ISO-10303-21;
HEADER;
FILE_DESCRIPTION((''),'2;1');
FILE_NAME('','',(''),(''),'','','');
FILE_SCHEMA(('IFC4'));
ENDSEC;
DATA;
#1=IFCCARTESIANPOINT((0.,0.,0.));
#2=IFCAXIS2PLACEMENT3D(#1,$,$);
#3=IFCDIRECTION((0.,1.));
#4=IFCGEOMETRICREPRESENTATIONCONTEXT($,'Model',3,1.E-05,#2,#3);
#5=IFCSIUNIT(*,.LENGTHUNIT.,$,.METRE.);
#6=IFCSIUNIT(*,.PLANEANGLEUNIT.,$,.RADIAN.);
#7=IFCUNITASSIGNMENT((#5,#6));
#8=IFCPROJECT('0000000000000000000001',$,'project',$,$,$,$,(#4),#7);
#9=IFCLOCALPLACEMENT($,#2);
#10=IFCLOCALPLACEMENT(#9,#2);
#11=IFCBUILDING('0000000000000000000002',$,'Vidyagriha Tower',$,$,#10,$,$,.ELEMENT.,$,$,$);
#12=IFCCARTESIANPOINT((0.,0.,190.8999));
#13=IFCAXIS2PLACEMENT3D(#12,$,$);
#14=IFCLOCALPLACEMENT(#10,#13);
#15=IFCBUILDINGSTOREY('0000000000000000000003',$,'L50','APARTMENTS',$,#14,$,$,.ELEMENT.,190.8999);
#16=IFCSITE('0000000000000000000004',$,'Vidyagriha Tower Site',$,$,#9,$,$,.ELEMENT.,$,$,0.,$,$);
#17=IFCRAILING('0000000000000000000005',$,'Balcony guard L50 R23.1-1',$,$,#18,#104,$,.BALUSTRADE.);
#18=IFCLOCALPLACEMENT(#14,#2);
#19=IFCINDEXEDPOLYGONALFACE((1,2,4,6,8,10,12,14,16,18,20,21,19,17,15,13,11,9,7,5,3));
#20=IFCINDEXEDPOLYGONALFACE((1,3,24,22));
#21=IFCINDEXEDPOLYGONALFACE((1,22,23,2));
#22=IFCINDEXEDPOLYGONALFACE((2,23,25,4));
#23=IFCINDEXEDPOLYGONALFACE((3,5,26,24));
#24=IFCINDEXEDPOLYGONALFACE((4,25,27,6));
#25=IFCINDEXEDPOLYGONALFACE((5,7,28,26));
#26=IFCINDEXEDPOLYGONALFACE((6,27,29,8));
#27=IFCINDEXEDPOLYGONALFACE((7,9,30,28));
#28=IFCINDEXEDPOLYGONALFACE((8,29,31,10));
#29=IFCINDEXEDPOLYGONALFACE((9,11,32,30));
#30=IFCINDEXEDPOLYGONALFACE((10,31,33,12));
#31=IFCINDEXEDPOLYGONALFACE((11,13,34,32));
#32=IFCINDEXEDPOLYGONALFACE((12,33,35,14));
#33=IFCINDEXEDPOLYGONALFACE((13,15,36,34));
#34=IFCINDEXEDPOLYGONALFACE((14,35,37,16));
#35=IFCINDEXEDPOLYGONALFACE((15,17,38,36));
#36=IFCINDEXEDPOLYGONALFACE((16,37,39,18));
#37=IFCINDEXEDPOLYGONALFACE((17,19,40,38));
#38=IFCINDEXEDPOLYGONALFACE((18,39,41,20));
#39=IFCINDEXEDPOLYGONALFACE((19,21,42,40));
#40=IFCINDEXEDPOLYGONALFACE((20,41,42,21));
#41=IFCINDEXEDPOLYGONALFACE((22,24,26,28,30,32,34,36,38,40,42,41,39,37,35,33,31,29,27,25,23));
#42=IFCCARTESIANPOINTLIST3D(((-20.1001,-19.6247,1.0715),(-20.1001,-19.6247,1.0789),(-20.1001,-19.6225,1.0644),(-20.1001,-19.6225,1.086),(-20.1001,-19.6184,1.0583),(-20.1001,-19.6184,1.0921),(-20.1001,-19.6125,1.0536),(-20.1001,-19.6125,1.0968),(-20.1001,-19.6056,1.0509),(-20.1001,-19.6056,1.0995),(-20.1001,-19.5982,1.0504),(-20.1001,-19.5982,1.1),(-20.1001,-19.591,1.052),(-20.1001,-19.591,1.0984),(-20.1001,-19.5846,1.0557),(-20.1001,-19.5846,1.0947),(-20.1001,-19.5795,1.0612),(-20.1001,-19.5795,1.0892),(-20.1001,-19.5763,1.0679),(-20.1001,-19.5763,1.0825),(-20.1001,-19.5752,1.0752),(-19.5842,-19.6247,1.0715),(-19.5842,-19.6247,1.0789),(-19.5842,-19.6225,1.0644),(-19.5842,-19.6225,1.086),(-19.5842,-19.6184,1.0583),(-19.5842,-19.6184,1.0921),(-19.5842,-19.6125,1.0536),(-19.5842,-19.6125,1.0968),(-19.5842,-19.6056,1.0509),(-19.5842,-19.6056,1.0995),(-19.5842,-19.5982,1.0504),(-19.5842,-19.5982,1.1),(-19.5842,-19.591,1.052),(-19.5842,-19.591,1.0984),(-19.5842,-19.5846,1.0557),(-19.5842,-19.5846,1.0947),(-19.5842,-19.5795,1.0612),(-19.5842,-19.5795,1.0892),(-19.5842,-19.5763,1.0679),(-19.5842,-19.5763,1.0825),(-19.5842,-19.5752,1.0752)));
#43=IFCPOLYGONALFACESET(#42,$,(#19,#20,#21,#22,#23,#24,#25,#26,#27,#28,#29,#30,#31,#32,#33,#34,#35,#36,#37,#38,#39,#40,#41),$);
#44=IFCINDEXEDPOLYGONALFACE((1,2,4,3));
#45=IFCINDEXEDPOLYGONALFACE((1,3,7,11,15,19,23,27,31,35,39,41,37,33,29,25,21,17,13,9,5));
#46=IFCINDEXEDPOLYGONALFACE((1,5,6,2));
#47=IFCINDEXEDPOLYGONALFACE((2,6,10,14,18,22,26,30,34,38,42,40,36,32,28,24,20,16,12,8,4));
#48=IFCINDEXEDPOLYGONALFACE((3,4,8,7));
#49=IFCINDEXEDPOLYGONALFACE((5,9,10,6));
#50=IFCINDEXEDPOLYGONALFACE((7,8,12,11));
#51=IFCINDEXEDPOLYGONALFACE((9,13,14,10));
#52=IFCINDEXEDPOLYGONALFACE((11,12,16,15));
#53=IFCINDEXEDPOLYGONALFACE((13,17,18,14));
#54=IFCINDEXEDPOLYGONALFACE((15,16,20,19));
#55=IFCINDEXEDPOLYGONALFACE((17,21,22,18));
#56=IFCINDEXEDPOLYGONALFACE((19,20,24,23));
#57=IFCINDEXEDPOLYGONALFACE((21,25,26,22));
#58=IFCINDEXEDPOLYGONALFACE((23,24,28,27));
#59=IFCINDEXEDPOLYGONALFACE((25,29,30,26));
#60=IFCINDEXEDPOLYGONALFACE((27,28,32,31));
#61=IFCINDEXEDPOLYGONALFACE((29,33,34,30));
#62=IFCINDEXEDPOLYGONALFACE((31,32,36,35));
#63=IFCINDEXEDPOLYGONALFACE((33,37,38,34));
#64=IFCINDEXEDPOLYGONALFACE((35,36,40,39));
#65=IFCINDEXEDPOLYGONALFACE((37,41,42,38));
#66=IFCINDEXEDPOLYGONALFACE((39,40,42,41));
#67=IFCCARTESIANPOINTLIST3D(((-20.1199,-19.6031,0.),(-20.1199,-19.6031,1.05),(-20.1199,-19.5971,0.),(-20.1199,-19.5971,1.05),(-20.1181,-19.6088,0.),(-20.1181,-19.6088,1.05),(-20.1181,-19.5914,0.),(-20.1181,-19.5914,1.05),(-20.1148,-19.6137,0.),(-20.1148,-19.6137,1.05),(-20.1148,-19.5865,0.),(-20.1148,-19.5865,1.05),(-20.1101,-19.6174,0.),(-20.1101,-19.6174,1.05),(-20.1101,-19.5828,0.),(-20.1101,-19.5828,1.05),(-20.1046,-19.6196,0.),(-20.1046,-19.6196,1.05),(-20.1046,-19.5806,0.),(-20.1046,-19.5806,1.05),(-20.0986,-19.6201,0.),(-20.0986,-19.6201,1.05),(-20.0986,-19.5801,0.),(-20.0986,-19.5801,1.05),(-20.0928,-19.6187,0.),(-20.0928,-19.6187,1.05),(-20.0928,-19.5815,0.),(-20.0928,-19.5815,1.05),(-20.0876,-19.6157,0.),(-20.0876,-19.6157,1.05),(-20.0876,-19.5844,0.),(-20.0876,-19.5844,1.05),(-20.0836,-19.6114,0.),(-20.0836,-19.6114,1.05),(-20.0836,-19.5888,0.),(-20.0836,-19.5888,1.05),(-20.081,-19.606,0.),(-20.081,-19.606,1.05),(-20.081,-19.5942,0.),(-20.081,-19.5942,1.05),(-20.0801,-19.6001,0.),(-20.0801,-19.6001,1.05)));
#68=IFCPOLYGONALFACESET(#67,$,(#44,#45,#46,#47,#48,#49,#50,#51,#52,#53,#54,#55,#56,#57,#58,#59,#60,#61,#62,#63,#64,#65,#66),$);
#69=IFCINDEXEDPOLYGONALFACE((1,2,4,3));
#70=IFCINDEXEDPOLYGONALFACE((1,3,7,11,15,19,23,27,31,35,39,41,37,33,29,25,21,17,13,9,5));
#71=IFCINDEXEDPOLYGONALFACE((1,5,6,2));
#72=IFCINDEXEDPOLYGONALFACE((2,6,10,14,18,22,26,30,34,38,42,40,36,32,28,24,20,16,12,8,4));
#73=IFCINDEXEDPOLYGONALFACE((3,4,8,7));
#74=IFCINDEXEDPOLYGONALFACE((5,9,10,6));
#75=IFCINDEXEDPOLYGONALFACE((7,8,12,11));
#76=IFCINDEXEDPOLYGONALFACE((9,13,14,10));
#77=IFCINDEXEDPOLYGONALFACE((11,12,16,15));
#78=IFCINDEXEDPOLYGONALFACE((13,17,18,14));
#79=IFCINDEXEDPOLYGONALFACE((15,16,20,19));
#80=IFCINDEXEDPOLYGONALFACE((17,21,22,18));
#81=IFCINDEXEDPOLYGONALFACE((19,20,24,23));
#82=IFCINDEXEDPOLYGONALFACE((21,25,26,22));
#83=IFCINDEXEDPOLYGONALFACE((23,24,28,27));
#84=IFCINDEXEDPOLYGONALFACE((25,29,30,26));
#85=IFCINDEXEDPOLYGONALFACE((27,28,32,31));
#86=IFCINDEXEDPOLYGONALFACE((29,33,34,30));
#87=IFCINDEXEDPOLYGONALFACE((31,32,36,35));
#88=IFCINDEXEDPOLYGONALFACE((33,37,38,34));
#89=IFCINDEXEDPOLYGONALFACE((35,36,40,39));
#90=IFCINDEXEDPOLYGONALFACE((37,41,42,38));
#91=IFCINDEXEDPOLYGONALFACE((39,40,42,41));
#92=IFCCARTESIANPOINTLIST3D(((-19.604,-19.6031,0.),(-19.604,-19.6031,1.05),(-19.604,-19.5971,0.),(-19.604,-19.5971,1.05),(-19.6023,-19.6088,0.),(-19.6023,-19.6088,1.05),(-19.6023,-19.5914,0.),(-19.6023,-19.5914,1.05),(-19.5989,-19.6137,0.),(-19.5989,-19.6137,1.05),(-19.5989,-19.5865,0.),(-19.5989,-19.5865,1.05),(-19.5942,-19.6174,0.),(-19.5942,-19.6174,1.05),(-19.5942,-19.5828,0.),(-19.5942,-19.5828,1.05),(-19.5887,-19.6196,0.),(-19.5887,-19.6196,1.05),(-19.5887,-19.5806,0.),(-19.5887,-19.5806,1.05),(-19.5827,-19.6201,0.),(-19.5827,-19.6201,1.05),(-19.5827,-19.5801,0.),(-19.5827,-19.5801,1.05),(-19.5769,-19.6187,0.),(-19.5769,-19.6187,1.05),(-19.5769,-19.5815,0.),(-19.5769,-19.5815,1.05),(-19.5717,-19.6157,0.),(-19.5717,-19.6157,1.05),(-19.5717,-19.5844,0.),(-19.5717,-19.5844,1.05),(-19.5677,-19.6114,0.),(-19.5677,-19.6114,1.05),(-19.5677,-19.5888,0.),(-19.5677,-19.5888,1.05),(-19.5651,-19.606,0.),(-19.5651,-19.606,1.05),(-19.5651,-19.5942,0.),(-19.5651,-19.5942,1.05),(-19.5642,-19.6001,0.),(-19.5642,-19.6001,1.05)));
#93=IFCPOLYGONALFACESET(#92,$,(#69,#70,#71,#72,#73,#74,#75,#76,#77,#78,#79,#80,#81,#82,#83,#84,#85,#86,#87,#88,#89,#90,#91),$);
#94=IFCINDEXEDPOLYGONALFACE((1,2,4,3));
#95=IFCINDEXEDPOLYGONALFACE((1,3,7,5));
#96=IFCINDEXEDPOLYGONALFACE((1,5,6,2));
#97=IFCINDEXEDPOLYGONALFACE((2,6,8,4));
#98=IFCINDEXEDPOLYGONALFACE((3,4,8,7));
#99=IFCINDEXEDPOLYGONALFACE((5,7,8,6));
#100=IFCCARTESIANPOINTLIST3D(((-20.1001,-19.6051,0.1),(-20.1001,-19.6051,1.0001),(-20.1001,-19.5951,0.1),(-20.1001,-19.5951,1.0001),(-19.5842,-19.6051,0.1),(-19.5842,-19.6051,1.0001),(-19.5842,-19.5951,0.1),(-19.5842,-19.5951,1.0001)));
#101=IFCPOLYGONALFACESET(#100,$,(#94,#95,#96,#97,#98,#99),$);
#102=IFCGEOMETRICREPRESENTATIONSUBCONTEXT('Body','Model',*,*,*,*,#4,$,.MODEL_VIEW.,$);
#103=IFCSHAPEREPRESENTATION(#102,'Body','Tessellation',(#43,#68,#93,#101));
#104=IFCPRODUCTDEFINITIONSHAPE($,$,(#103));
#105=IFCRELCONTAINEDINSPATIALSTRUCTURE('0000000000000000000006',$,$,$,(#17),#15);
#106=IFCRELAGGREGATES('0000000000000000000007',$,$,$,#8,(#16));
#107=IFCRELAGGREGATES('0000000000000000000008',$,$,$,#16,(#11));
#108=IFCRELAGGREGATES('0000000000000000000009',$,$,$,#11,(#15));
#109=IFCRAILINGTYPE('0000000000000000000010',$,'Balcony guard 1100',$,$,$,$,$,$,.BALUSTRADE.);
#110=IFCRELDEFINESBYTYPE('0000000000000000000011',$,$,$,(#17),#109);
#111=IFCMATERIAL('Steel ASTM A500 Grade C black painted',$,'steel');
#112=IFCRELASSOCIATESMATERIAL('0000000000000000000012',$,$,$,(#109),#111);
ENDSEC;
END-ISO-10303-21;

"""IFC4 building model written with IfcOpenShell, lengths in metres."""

from ifc_helpers import new_model, si_unit, direction, frame, origin, origin_2d, place, context, subcontext, project, spatial, rectangle, circle, extrude, material, type_object, element, save


model = new_model("IFC4")

# Units and contexts
model_context = context("Model", 3, precision=1e-05, world=origin(), true_north=direction((0.0, 1.0)))
body_context = subcontext(model_context, "Body", "Model", "MODEL_VIEW")
ifc_project = project(units=[si_unit("LENGTHUNIT", "METRE"), si_unit("PLANEANGLEUNIT", "RADIAN")], contexts=[model_context])

# Site, building, storey
site_placement = place(None, origin())
site = spatial("IfcSite", under=ifc_project, at=site_placement, Name="Vidyagriha Tower Site", CompositionType="ELEMENT", RefElevation=0.0)
building_placement = place(site_placement, origin())
building = spatial("IfcBuilding", under=site, at=building_placement, Name="Vidyagriha Tower", CompositionType="ELEMENT")
storey_placement = place(building_placement, frame((0.0, 0.0, 190.8999)))
storey = spatial("IfcBuildingStorey", under=building, at=storey_placement, Name="L50", Description="APARTMENTS", CompositionType="ELEMENT", Elevation=190.8999)

# Railing
ifc_material_1 = material(Name="Steel ASTM A500 Grade C black painted", Category="steel")
railing_type_1 = type_object("IfcRailingType", Name="Balcony guard 1100", PredefinedType="BALUSTRADE", material=ifc_material_1)
railing_1_placement = place(storey_placement, frame((-20.1001, -19.6001, 0.0)))
element("IfcRailing", 1, at=railing_1_placement, inside=storey, type_object=railing_type_1, Name="Balcony guard L50 R23.1-1", PredefinedType="BALUSTRADE", context=body_context, shape_type="SweptSolid", body=[
    extrude(circle(Radius=0.0249, at=origin_2d()), frame((0.0, 0.0, 1.0752), z_axis=(1.0, 0.0, 0.0), x_axis=(0.0, 1.0, 0.0)), (0.0, 0.0, 1.0), 0.5159),
    extrude(circle(Radius=0.02, at=origin_2d()), origin(), (0.0, 0.0, 1.0), 1.05),
    extrude(circle(Radius=0.02, at=origin_2d()), frame((0.5159, 0.0, 0.0)), (0.0, 0.0, 1.0), 1.05),
    extrude(rectangle(XDim=0.01, YDim=0.9001, at=origin_2d()), frame((0.0, 0.0, 0.55), z_axis=(1.0, 0.0, 0.0), x_axis=(0.0, 1.0, 0.0)), (0.0, 0.0, 1.0), 0.5159),
])

save(model, "model.ifc")
